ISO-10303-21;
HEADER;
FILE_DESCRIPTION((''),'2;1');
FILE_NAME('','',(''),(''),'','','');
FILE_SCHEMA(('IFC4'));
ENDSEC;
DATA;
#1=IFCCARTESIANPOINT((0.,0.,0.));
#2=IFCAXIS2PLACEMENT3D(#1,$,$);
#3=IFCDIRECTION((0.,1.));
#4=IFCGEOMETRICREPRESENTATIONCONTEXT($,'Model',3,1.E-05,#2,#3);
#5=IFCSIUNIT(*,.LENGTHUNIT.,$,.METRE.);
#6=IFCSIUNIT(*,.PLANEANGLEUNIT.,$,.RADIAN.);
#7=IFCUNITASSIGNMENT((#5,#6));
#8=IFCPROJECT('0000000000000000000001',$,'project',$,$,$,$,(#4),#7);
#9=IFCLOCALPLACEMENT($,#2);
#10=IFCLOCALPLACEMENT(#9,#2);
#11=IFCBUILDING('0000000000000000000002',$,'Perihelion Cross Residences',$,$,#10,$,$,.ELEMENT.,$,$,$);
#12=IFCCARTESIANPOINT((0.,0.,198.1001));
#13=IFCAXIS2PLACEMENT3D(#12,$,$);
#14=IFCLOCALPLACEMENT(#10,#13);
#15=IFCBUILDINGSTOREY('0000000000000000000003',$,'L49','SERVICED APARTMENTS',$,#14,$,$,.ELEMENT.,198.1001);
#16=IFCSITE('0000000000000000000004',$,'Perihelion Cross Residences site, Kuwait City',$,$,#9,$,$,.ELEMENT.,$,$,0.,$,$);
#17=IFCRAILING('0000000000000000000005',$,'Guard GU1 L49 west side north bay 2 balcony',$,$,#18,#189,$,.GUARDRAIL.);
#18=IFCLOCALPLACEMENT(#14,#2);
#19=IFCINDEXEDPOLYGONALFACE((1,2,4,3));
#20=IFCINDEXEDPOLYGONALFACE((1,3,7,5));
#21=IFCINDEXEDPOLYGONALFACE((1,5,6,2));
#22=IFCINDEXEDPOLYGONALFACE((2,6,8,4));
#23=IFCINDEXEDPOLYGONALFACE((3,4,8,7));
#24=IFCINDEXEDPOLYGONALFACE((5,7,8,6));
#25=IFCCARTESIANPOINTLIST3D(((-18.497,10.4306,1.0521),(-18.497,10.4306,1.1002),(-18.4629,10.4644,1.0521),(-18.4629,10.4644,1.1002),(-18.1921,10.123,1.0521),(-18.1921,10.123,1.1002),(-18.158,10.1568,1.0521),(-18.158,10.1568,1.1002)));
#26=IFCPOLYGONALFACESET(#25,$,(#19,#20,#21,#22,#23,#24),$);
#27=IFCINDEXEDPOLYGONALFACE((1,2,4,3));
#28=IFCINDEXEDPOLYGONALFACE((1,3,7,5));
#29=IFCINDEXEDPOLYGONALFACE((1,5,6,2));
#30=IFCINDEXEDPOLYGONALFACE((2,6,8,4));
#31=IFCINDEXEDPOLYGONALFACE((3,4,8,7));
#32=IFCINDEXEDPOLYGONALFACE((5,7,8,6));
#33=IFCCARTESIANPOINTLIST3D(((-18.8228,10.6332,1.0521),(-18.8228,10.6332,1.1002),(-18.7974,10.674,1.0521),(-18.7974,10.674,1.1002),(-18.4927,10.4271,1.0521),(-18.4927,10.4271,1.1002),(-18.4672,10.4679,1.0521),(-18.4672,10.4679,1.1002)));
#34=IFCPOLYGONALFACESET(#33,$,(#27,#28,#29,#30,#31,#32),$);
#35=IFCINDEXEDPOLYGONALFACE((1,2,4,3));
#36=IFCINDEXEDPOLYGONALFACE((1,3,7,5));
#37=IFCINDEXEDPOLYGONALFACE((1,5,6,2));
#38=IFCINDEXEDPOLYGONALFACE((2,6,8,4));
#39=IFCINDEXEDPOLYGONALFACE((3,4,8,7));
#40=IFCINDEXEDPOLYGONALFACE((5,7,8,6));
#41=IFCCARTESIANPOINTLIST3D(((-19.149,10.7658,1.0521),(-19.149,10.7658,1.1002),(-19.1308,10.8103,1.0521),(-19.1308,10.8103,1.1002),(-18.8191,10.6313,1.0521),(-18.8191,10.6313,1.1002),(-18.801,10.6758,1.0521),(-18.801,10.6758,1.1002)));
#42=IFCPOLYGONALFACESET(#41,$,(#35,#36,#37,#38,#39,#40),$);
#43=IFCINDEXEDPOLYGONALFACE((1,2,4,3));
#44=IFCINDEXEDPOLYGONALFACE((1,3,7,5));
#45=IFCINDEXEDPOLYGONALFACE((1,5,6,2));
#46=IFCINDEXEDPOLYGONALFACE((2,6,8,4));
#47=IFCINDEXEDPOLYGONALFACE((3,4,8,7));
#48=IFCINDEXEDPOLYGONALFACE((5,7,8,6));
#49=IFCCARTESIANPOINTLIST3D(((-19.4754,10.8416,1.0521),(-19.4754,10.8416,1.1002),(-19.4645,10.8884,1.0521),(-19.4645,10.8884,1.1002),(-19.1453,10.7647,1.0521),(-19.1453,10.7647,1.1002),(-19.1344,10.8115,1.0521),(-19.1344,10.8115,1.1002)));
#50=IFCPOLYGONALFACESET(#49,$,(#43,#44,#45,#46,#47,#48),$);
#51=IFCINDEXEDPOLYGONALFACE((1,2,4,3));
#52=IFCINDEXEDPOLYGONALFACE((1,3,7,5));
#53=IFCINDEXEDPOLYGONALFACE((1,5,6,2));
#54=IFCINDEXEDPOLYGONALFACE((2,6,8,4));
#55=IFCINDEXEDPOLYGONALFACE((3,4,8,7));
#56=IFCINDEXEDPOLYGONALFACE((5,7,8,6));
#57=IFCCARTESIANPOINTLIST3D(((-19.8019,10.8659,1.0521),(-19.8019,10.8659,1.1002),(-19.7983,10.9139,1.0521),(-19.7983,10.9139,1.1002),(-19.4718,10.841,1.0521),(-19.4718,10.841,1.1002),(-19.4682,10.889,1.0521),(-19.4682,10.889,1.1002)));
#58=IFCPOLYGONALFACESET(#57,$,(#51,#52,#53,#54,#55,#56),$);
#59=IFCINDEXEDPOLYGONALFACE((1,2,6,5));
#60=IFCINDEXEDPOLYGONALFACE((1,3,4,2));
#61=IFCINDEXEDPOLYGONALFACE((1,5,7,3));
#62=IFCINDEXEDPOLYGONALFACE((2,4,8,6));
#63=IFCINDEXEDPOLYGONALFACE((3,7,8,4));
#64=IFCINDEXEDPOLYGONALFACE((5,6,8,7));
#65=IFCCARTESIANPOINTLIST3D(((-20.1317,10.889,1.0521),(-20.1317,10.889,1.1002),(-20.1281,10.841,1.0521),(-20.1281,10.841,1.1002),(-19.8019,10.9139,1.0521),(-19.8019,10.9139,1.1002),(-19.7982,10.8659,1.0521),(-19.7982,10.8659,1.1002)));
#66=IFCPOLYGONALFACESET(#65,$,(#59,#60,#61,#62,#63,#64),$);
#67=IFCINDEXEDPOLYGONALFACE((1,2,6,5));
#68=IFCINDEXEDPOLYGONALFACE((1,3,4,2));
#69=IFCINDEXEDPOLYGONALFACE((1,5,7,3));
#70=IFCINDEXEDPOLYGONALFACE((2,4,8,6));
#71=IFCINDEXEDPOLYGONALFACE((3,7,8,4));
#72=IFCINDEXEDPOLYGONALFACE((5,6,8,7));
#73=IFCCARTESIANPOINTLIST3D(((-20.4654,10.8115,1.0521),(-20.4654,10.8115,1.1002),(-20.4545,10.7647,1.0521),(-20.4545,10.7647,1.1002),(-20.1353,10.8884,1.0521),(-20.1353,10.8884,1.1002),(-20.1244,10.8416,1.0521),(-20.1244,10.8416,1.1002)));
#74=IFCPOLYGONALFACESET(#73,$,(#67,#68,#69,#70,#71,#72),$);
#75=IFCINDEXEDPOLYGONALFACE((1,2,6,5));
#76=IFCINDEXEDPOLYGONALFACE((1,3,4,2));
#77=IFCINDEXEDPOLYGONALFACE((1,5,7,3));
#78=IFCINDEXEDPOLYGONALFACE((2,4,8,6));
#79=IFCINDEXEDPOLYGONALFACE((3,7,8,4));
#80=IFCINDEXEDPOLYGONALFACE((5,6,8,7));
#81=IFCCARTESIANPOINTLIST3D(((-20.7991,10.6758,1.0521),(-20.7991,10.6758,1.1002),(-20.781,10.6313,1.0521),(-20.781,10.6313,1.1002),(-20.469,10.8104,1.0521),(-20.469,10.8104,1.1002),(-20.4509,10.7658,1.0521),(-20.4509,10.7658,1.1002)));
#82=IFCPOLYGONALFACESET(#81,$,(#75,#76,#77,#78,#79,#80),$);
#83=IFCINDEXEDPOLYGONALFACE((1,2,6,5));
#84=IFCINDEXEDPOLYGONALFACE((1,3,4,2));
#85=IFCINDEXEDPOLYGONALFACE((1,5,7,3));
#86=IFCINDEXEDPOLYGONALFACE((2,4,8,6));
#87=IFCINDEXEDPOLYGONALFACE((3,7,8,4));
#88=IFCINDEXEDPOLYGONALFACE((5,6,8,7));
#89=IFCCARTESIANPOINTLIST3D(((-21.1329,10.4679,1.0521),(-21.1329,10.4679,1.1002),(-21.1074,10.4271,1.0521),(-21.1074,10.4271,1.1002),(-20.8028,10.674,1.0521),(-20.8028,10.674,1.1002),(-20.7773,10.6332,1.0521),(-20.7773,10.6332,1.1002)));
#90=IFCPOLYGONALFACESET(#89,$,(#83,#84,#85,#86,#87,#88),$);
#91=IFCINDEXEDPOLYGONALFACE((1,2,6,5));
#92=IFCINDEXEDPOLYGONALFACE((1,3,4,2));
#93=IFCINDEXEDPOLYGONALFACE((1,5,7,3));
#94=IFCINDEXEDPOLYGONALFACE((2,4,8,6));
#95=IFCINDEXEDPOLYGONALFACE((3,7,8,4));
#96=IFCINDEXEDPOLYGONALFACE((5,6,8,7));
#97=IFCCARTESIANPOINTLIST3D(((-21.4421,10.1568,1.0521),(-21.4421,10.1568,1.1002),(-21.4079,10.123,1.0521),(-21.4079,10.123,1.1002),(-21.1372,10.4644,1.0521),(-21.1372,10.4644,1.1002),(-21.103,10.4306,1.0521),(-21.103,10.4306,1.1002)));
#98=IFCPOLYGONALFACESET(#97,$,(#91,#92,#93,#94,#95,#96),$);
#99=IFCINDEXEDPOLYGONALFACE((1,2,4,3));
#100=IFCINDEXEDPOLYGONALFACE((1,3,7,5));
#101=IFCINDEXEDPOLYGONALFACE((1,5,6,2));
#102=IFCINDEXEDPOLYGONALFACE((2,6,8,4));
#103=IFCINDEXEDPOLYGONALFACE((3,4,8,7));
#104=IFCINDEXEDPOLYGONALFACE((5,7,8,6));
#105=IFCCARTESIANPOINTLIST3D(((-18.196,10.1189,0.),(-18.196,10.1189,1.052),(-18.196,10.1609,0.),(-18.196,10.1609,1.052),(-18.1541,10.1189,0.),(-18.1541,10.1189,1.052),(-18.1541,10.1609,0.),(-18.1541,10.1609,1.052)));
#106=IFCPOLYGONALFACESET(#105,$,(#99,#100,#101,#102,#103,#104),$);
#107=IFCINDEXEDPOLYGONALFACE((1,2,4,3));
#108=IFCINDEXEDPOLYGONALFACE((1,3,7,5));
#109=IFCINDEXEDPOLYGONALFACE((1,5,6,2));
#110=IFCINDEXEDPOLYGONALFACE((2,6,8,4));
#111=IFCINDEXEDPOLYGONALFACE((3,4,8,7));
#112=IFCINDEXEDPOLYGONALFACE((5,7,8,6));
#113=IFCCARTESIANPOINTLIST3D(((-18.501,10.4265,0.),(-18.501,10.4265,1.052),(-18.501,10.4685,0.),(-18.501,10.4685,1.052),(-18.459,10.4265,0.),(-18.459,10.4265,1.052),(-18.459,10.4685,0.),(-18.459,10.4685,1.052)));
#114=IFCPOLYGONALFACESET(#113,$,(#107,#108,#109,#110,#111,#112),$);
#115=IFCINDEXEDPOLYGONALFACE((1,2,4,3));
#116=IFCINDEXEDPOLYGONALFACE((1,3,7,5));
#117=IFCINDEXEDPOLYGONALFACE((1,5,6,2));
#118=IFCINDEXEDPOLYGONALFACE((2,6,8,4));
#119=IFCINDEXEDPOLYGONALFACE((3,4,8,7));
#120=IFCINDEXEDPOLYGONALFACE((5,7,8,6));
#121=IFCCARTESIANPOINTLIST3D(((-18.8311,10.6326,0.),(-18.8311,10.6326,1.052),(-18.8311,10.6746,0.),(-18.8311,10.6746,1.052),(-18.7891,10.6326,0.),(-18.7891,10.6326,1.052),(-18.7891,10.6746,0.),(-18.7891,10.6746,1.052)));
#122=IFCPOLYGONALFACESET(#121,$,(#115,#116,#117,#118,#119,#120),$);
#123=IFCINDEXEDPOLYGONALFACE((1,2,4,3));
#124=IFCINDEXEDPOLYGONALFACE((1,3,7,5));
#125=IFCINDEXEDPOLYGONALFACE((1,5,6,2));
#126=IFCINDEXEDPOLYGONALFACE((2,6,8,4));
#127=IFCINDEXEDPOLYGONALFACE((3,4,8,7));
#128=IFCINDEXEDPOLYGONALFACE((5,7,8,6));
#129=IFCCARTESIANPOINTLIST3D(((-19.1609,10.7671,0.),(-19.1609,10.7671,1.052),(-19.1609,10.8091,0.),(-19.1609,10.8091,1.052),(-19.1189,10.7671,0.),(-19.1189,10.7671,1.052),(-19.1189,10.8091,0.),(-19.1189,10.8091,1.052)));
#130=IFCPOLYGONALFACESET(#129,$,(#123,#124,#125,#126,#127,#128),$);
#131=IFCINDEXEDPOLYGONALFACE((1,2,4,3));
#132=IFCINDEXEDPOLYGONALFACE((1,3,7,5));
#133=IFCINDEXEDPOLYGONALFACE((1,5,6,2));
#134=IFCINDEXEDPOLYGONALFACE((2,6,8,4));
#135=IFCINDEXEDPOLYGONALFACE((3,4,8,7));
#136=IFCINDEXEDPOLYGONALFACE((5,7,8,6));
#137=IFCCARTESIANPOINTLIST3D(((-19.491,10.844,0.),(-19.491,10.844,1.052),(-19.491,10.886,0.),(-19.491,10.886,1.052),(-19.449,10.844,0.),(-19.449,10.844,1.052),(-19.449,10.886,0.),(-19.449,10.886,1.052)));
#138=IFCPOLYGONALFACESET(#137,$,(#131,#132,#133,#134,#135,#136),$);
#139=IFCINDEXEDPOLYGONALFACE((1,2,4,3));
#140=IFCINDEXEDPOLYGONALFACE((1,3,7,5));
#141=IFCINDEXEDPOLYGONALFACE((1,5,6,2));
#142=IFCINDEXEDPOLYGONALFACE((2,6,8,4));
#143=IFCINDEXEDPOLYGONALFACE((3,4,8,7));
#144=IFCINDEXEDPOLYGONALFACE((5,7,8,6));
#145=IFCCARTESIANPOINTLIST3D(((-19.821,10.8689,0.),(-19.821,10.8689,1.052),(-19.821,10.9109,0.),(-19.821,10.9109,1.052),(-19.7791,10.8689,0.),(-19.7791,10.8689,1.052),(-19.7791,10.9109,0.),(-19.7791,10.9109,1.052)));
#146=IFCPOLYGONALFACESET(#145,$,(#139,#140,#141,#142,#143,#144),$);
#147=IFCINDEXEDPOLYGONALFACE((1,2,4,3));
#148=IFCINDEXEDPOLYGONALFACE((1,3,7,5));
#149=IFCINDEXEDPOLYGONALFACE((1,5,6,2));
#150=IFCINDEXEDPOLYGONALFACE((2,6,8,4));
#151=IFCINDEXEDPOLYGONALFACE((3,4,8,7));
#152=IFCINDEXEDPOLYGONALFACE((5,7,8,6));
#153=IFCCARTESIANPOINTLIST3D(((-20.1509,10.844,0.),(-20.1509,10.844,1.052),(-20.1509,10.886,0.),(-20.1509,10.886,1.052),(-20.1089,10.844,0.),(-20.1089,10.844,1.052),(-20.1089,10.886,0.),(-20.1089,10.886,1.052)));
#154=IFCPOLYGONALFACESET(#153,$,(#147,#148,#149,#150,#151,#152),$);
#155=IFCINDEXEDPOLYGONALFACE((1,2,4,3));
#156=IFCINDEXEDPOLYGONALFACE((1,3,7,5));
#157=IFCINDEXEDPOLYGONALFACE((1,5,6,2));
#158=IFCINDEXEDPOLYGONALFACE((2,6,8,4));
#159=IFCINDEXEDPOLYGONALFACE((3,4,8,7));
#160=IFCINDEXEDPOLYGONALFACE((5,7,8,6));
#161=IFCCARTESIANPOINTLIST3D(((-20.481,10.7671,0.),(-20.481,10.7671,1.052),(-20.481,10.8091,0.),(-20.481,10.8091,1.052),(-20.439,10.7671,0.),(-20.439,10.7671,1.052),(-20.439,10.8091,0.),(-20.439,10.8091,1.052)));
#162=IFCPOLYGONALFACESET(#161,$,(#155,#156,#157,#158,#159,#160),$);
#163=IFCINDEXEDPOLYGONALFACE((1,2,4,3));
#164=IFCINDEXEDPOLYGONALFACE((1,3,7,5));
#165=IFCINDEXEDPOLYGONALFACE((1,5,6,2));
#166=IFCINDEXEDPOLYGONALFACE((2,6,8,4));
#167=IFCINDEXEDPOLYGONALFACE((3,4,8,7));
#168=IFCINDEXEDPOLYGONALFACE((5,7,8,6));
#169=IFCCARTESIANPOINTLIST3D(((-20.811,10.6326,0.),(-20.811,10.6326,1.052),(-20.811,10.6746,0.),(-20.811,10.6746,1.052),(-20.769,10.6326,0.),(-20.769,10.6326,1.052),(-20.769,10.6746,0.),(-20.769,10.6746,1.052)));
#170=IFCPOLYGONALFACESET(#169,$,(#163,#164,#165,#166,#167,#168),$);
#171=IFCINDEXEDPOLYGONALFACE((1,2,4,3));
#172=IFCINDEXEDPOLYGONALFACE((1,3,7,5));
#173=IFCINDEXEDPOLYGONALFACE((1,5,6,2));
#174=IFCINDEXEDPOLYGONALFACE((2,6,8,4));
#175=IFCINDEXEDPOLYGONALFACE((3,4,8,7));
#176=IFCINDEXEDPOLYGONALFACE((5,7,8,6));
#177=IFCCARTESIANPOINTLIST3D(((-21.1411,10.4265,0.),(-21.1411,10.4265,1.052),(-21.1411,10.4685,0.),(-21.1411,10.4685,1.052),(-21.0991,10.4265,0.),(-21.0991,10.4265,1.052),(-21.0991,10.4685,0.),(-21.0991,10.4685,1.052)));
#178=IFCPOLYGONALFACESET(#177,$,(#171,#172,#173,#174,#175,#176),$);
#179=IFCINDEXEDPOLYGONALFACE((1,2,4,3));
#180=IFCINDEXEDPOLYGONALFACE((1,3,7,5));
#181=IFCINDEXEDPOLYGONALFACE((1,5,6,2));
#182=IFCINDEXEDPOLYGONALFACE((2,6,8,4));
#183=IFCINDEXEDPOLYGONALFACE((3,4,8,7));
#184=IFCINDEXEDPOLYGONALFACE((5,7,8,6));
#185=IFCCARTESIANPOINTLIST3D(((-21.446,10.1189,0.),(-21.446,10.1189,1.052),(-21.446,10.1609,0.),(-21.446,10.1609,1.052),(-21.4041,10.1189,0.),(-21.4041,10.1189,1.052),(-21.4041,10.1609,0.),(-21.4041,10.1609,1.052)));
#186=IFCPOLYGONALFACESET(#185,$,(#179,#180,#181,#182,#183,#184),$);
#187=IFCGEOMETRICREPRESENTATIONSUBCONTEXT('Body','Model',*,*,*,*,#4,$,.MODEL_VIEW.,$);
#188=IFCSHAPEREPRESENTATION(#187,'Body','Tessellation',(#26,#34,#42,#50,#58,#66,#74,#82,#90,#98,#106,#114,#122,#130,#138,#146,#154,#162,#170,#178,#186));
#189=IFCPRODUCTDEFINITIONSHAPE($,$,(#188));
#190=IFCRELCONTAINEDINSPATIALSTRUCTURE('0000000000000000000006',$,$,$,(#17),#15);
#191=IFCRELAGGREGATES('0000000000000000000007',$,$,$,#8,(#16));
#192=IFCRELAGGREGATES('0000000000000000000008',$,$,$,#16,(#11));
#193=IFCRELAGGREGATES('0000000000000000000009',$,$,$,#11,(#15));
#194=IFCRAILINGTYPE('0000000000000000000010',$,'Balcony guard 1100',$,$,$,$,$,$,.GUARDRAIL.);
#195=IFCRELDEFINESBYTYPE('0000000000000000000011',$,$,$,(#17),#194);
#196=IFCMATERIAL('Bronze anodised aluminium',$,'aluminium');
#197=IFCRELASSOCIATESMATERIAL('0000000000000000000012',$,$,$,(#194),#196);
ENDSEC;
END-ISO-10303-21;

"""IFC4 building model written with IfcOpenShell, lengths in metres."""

from ifc_helpers import new_model, si_unit, direction, frame, origin, origin_2d, place, context, subcontext, project, spatial, rectangle, extrude, material, type_object, element, save


model = new_model("IFC4")

# Units and contexts
model_context = context("Model", 3, precision=1e-05, world=origin(), true_north=direction((0.0, 1.0)))
body_context = subcontext(model_context, "Body", "Model", "MODEL_VIEW")
ifc_project = project(units=[si_unit("LENGTHUNIT", "METRE"), si_unit("PLANEANGLEUNIT", "RADIAN")], contexts=[model_context])

# Site, building, storey
site_placement = place(None, origin())
site = spatial("IfcSite", under=ifc_project, at=site_placement, Name="Perihelion Cross Residences site, Kuwait City", CompositionType="ELEMENT", RefElevation=0.0)
building_placement = place(site_placement, origin())
building = spatial("IfcBuilding", under=site, at=building_placement, Name="Perihelion Cross Residences", CompositionType="ELEMENT")
storey_placement = place(building_placement, frame((0.0, 0.0, 198.1001)))
storey = spatial("IfcBuildingStorey", under=building, at=storey_placement, Name="L49", Description="SERVICED APARTMENTS", CompositionType="ELEMENT", Elevation=198.1001)

# Railing
ifc_material_1 = material(Name="Bronze anodised aluminium", Category="aluminium")
railing_type = type_object("IfcRailingType", Name="Balcony guard 1100", PredefinedType="GUARDRAIL", material=ifc_material_1)
railing_placement = place(storey_placement, frame((-18.175, 10.1399, 0.0)))
element("IfcRailing", 1, at=railing_placement, inside=storey, type_object=railing_type, Name="Guard GU1 L49 west side north bay 2 balcony", PredefinedType="GUARDRAIL", context=body_context, shape_type="SweptSolid", body=[
    extrude(rectangle(XDim=0.0481, YDim=0.0481, at=origin_2d()), frame((0.0, 0.0, 1.0762), z_axis=(-0.704, 0.7102, 0.0), x_axis=(-0.7102, -0.704, 0.0)), (0.0, 0.0, 1.0), 0.4331),
    extrude(rectangle(XDim=0.0481, YDim=0.0481, at=origin_2d()), frame((-0.3049, 0.3076, 1.0762), z_axis=(-0.84828, 0.529548, 0.0), x_axis=(-0.529548, -0.84828, 0.0)), (0.0, 0.0, 1.0), 0.3892),
    extrude(rectangle(XDim=0.0481, YDim=0.0481, at=origin_2d()), frame((-0.635, 0.5137, 1.0762), z_axis=(-0.92595, 0.377645, 0.0), x_axis=(-0.377645, -0.92595, 0.0)), (0.0, 0.0, 1.0), 0.3562),
    extrude(rectangle(XDim=0.0481, YDim=0.0481, at=origin_2d()), frame((-0.9648, 0.6482, 1.0762), z_axis=(-0.973916, 0.226911, 0.0), x_axis=(-0.226911, -0.973916, 0.0)), (0.0, 0.0, 1.0), 0.3389),
    extrude(rectangle(XDim=0.0481, YDim=0.0481, at=origin_2d()), frame((-1.2949, 0.7251, 1.0762), z_axis=(-0.997166, 0.07523, 0.0), x_axis=(-0.07523, -0.997166, 0.0)), (0.0, 0.0, 1.0), 0.3311),
    extrude(rectangle(XDim=0.0481, YDim=0.0481, at=origin_2d()), frame((-1.625, 0.75, 1.0762), z_axis=(-0.997162, -0.075285, 0.0), x_axis=(0.075285, -0.997162, 0.0)), (0.0, 0.0, 1.0), 0.3308),
    extrude(rectangle(XDim=0.0481, YDim=0.0481, at=origin_2d()), frame((-1.9548, 0.7251, 1.0762), z_axis=(-0.973916, -0.226911, 0.0), x_axis=(0.226911, -0.973916, 0.0)), (0.0, 0.0, 1.0), 0.3389),
    extrude(rectangle(XDim=0.0481, YDim=0.0481, at=origin_2d()), frame((-2.2849, 0.6482, 1.0762), z_axis=(-0.926048, -0.377406, 0.0), x_axis=(0.377406, -0.926048, 0.0)), (0.0, 0.0, 1.0), 0.3564),
    extrude(rectangle(XDim=0.0481, YDim=0.0481, at=origin_2d()), frame((-2.615, 0.5137, 1.0762), z_axis=(-0.84828, -0.529548, 0.0), x_axis=(0.529548, -0.84828, 0.0)), (0.0, 0.0, 1.0), 0.3892),
    extrude(rectangle(XDim=0.0481, YDim=0.0481, at=origin_2d()), frame((-2.9451, 0.3076, 1.0762), z_axis=(-0.704, -0.7102, 0.0), x_axis=(0.7102, -0.704, 0.0)), (0.0, 0.0, 1.0), 0.4331),
    extrude(rectangle(XDim=0.042, YDim=0.042, at=origin_2d()), origin(), (0.0, 0.0, 1.0), 1.052),
    extrude(rectangle(XDim=0.042, YDim=0.042, at=origin_2d()), frame((-0.3049, 0.3076, 0.0)), (0.0, 0.0, 1.0), 1.052),
    extrude(rectangle(XDim=0.042, YDim=0.042, at=origin_2d()), frame((-0.635, 0.5137, 0.0)), (0.0, 0.0, 1.0), 1.052),
    extrude(rectangle(XDim=0.042, YDim=0.042, at=origin_2d()), frame((-0.9648, 0.6482, 0.0)), (0.0, 0.0, 1.0), 1.052),
    extrude(rectangle(XDim=0.042, YDim=0.042, at=origin_2d()), frame((-1.2949, 0.7251, 0.0)), (0.0, 0.0, 1.0), 1.052),
    extrude(rectangle(XDim=0.042, YDim=0.042, at=origin_2d()), frame((-1.625, 0.75, 0.0)), (0.0, 0.0, 1.0), 1.052),
    extrude(rectangle(XDim=0.042, YDim=0.042, at=origin_2d()), frame((-1.9548, 0.7251, 0.0)), (0.0, 0.0, 1.0), 1.052),
    extrude(rectangle(XDim=0.042, YDim=0.042, at=origin_2d()), frame((-2.2849, 0.6482, 0.0)), (0.0, 0.0, 1.0), 1.052),
    extrude(rectangle(XDim=0.042, YDim=0.042, at=origin_2d()), frame((-2.615, 0.5137, 0.0)), (0.0, 0.0, 1.0), 1.052),
    extrude(rectangle(XDim=0.042, YDim=0.042, at=origin_2d()), frame((-2.9451, 0.3076, 0.0)), (0.0, 0.0, 1.0), 1.052),
    extrude(rectangle(XDim=0.042, YDim=0.042, at=origin_2d()), frame((-3.25, 0.0, 0.0)), (0.0, 0.0, 1.0), 1.052),
])

save(model, "model.ifc")
